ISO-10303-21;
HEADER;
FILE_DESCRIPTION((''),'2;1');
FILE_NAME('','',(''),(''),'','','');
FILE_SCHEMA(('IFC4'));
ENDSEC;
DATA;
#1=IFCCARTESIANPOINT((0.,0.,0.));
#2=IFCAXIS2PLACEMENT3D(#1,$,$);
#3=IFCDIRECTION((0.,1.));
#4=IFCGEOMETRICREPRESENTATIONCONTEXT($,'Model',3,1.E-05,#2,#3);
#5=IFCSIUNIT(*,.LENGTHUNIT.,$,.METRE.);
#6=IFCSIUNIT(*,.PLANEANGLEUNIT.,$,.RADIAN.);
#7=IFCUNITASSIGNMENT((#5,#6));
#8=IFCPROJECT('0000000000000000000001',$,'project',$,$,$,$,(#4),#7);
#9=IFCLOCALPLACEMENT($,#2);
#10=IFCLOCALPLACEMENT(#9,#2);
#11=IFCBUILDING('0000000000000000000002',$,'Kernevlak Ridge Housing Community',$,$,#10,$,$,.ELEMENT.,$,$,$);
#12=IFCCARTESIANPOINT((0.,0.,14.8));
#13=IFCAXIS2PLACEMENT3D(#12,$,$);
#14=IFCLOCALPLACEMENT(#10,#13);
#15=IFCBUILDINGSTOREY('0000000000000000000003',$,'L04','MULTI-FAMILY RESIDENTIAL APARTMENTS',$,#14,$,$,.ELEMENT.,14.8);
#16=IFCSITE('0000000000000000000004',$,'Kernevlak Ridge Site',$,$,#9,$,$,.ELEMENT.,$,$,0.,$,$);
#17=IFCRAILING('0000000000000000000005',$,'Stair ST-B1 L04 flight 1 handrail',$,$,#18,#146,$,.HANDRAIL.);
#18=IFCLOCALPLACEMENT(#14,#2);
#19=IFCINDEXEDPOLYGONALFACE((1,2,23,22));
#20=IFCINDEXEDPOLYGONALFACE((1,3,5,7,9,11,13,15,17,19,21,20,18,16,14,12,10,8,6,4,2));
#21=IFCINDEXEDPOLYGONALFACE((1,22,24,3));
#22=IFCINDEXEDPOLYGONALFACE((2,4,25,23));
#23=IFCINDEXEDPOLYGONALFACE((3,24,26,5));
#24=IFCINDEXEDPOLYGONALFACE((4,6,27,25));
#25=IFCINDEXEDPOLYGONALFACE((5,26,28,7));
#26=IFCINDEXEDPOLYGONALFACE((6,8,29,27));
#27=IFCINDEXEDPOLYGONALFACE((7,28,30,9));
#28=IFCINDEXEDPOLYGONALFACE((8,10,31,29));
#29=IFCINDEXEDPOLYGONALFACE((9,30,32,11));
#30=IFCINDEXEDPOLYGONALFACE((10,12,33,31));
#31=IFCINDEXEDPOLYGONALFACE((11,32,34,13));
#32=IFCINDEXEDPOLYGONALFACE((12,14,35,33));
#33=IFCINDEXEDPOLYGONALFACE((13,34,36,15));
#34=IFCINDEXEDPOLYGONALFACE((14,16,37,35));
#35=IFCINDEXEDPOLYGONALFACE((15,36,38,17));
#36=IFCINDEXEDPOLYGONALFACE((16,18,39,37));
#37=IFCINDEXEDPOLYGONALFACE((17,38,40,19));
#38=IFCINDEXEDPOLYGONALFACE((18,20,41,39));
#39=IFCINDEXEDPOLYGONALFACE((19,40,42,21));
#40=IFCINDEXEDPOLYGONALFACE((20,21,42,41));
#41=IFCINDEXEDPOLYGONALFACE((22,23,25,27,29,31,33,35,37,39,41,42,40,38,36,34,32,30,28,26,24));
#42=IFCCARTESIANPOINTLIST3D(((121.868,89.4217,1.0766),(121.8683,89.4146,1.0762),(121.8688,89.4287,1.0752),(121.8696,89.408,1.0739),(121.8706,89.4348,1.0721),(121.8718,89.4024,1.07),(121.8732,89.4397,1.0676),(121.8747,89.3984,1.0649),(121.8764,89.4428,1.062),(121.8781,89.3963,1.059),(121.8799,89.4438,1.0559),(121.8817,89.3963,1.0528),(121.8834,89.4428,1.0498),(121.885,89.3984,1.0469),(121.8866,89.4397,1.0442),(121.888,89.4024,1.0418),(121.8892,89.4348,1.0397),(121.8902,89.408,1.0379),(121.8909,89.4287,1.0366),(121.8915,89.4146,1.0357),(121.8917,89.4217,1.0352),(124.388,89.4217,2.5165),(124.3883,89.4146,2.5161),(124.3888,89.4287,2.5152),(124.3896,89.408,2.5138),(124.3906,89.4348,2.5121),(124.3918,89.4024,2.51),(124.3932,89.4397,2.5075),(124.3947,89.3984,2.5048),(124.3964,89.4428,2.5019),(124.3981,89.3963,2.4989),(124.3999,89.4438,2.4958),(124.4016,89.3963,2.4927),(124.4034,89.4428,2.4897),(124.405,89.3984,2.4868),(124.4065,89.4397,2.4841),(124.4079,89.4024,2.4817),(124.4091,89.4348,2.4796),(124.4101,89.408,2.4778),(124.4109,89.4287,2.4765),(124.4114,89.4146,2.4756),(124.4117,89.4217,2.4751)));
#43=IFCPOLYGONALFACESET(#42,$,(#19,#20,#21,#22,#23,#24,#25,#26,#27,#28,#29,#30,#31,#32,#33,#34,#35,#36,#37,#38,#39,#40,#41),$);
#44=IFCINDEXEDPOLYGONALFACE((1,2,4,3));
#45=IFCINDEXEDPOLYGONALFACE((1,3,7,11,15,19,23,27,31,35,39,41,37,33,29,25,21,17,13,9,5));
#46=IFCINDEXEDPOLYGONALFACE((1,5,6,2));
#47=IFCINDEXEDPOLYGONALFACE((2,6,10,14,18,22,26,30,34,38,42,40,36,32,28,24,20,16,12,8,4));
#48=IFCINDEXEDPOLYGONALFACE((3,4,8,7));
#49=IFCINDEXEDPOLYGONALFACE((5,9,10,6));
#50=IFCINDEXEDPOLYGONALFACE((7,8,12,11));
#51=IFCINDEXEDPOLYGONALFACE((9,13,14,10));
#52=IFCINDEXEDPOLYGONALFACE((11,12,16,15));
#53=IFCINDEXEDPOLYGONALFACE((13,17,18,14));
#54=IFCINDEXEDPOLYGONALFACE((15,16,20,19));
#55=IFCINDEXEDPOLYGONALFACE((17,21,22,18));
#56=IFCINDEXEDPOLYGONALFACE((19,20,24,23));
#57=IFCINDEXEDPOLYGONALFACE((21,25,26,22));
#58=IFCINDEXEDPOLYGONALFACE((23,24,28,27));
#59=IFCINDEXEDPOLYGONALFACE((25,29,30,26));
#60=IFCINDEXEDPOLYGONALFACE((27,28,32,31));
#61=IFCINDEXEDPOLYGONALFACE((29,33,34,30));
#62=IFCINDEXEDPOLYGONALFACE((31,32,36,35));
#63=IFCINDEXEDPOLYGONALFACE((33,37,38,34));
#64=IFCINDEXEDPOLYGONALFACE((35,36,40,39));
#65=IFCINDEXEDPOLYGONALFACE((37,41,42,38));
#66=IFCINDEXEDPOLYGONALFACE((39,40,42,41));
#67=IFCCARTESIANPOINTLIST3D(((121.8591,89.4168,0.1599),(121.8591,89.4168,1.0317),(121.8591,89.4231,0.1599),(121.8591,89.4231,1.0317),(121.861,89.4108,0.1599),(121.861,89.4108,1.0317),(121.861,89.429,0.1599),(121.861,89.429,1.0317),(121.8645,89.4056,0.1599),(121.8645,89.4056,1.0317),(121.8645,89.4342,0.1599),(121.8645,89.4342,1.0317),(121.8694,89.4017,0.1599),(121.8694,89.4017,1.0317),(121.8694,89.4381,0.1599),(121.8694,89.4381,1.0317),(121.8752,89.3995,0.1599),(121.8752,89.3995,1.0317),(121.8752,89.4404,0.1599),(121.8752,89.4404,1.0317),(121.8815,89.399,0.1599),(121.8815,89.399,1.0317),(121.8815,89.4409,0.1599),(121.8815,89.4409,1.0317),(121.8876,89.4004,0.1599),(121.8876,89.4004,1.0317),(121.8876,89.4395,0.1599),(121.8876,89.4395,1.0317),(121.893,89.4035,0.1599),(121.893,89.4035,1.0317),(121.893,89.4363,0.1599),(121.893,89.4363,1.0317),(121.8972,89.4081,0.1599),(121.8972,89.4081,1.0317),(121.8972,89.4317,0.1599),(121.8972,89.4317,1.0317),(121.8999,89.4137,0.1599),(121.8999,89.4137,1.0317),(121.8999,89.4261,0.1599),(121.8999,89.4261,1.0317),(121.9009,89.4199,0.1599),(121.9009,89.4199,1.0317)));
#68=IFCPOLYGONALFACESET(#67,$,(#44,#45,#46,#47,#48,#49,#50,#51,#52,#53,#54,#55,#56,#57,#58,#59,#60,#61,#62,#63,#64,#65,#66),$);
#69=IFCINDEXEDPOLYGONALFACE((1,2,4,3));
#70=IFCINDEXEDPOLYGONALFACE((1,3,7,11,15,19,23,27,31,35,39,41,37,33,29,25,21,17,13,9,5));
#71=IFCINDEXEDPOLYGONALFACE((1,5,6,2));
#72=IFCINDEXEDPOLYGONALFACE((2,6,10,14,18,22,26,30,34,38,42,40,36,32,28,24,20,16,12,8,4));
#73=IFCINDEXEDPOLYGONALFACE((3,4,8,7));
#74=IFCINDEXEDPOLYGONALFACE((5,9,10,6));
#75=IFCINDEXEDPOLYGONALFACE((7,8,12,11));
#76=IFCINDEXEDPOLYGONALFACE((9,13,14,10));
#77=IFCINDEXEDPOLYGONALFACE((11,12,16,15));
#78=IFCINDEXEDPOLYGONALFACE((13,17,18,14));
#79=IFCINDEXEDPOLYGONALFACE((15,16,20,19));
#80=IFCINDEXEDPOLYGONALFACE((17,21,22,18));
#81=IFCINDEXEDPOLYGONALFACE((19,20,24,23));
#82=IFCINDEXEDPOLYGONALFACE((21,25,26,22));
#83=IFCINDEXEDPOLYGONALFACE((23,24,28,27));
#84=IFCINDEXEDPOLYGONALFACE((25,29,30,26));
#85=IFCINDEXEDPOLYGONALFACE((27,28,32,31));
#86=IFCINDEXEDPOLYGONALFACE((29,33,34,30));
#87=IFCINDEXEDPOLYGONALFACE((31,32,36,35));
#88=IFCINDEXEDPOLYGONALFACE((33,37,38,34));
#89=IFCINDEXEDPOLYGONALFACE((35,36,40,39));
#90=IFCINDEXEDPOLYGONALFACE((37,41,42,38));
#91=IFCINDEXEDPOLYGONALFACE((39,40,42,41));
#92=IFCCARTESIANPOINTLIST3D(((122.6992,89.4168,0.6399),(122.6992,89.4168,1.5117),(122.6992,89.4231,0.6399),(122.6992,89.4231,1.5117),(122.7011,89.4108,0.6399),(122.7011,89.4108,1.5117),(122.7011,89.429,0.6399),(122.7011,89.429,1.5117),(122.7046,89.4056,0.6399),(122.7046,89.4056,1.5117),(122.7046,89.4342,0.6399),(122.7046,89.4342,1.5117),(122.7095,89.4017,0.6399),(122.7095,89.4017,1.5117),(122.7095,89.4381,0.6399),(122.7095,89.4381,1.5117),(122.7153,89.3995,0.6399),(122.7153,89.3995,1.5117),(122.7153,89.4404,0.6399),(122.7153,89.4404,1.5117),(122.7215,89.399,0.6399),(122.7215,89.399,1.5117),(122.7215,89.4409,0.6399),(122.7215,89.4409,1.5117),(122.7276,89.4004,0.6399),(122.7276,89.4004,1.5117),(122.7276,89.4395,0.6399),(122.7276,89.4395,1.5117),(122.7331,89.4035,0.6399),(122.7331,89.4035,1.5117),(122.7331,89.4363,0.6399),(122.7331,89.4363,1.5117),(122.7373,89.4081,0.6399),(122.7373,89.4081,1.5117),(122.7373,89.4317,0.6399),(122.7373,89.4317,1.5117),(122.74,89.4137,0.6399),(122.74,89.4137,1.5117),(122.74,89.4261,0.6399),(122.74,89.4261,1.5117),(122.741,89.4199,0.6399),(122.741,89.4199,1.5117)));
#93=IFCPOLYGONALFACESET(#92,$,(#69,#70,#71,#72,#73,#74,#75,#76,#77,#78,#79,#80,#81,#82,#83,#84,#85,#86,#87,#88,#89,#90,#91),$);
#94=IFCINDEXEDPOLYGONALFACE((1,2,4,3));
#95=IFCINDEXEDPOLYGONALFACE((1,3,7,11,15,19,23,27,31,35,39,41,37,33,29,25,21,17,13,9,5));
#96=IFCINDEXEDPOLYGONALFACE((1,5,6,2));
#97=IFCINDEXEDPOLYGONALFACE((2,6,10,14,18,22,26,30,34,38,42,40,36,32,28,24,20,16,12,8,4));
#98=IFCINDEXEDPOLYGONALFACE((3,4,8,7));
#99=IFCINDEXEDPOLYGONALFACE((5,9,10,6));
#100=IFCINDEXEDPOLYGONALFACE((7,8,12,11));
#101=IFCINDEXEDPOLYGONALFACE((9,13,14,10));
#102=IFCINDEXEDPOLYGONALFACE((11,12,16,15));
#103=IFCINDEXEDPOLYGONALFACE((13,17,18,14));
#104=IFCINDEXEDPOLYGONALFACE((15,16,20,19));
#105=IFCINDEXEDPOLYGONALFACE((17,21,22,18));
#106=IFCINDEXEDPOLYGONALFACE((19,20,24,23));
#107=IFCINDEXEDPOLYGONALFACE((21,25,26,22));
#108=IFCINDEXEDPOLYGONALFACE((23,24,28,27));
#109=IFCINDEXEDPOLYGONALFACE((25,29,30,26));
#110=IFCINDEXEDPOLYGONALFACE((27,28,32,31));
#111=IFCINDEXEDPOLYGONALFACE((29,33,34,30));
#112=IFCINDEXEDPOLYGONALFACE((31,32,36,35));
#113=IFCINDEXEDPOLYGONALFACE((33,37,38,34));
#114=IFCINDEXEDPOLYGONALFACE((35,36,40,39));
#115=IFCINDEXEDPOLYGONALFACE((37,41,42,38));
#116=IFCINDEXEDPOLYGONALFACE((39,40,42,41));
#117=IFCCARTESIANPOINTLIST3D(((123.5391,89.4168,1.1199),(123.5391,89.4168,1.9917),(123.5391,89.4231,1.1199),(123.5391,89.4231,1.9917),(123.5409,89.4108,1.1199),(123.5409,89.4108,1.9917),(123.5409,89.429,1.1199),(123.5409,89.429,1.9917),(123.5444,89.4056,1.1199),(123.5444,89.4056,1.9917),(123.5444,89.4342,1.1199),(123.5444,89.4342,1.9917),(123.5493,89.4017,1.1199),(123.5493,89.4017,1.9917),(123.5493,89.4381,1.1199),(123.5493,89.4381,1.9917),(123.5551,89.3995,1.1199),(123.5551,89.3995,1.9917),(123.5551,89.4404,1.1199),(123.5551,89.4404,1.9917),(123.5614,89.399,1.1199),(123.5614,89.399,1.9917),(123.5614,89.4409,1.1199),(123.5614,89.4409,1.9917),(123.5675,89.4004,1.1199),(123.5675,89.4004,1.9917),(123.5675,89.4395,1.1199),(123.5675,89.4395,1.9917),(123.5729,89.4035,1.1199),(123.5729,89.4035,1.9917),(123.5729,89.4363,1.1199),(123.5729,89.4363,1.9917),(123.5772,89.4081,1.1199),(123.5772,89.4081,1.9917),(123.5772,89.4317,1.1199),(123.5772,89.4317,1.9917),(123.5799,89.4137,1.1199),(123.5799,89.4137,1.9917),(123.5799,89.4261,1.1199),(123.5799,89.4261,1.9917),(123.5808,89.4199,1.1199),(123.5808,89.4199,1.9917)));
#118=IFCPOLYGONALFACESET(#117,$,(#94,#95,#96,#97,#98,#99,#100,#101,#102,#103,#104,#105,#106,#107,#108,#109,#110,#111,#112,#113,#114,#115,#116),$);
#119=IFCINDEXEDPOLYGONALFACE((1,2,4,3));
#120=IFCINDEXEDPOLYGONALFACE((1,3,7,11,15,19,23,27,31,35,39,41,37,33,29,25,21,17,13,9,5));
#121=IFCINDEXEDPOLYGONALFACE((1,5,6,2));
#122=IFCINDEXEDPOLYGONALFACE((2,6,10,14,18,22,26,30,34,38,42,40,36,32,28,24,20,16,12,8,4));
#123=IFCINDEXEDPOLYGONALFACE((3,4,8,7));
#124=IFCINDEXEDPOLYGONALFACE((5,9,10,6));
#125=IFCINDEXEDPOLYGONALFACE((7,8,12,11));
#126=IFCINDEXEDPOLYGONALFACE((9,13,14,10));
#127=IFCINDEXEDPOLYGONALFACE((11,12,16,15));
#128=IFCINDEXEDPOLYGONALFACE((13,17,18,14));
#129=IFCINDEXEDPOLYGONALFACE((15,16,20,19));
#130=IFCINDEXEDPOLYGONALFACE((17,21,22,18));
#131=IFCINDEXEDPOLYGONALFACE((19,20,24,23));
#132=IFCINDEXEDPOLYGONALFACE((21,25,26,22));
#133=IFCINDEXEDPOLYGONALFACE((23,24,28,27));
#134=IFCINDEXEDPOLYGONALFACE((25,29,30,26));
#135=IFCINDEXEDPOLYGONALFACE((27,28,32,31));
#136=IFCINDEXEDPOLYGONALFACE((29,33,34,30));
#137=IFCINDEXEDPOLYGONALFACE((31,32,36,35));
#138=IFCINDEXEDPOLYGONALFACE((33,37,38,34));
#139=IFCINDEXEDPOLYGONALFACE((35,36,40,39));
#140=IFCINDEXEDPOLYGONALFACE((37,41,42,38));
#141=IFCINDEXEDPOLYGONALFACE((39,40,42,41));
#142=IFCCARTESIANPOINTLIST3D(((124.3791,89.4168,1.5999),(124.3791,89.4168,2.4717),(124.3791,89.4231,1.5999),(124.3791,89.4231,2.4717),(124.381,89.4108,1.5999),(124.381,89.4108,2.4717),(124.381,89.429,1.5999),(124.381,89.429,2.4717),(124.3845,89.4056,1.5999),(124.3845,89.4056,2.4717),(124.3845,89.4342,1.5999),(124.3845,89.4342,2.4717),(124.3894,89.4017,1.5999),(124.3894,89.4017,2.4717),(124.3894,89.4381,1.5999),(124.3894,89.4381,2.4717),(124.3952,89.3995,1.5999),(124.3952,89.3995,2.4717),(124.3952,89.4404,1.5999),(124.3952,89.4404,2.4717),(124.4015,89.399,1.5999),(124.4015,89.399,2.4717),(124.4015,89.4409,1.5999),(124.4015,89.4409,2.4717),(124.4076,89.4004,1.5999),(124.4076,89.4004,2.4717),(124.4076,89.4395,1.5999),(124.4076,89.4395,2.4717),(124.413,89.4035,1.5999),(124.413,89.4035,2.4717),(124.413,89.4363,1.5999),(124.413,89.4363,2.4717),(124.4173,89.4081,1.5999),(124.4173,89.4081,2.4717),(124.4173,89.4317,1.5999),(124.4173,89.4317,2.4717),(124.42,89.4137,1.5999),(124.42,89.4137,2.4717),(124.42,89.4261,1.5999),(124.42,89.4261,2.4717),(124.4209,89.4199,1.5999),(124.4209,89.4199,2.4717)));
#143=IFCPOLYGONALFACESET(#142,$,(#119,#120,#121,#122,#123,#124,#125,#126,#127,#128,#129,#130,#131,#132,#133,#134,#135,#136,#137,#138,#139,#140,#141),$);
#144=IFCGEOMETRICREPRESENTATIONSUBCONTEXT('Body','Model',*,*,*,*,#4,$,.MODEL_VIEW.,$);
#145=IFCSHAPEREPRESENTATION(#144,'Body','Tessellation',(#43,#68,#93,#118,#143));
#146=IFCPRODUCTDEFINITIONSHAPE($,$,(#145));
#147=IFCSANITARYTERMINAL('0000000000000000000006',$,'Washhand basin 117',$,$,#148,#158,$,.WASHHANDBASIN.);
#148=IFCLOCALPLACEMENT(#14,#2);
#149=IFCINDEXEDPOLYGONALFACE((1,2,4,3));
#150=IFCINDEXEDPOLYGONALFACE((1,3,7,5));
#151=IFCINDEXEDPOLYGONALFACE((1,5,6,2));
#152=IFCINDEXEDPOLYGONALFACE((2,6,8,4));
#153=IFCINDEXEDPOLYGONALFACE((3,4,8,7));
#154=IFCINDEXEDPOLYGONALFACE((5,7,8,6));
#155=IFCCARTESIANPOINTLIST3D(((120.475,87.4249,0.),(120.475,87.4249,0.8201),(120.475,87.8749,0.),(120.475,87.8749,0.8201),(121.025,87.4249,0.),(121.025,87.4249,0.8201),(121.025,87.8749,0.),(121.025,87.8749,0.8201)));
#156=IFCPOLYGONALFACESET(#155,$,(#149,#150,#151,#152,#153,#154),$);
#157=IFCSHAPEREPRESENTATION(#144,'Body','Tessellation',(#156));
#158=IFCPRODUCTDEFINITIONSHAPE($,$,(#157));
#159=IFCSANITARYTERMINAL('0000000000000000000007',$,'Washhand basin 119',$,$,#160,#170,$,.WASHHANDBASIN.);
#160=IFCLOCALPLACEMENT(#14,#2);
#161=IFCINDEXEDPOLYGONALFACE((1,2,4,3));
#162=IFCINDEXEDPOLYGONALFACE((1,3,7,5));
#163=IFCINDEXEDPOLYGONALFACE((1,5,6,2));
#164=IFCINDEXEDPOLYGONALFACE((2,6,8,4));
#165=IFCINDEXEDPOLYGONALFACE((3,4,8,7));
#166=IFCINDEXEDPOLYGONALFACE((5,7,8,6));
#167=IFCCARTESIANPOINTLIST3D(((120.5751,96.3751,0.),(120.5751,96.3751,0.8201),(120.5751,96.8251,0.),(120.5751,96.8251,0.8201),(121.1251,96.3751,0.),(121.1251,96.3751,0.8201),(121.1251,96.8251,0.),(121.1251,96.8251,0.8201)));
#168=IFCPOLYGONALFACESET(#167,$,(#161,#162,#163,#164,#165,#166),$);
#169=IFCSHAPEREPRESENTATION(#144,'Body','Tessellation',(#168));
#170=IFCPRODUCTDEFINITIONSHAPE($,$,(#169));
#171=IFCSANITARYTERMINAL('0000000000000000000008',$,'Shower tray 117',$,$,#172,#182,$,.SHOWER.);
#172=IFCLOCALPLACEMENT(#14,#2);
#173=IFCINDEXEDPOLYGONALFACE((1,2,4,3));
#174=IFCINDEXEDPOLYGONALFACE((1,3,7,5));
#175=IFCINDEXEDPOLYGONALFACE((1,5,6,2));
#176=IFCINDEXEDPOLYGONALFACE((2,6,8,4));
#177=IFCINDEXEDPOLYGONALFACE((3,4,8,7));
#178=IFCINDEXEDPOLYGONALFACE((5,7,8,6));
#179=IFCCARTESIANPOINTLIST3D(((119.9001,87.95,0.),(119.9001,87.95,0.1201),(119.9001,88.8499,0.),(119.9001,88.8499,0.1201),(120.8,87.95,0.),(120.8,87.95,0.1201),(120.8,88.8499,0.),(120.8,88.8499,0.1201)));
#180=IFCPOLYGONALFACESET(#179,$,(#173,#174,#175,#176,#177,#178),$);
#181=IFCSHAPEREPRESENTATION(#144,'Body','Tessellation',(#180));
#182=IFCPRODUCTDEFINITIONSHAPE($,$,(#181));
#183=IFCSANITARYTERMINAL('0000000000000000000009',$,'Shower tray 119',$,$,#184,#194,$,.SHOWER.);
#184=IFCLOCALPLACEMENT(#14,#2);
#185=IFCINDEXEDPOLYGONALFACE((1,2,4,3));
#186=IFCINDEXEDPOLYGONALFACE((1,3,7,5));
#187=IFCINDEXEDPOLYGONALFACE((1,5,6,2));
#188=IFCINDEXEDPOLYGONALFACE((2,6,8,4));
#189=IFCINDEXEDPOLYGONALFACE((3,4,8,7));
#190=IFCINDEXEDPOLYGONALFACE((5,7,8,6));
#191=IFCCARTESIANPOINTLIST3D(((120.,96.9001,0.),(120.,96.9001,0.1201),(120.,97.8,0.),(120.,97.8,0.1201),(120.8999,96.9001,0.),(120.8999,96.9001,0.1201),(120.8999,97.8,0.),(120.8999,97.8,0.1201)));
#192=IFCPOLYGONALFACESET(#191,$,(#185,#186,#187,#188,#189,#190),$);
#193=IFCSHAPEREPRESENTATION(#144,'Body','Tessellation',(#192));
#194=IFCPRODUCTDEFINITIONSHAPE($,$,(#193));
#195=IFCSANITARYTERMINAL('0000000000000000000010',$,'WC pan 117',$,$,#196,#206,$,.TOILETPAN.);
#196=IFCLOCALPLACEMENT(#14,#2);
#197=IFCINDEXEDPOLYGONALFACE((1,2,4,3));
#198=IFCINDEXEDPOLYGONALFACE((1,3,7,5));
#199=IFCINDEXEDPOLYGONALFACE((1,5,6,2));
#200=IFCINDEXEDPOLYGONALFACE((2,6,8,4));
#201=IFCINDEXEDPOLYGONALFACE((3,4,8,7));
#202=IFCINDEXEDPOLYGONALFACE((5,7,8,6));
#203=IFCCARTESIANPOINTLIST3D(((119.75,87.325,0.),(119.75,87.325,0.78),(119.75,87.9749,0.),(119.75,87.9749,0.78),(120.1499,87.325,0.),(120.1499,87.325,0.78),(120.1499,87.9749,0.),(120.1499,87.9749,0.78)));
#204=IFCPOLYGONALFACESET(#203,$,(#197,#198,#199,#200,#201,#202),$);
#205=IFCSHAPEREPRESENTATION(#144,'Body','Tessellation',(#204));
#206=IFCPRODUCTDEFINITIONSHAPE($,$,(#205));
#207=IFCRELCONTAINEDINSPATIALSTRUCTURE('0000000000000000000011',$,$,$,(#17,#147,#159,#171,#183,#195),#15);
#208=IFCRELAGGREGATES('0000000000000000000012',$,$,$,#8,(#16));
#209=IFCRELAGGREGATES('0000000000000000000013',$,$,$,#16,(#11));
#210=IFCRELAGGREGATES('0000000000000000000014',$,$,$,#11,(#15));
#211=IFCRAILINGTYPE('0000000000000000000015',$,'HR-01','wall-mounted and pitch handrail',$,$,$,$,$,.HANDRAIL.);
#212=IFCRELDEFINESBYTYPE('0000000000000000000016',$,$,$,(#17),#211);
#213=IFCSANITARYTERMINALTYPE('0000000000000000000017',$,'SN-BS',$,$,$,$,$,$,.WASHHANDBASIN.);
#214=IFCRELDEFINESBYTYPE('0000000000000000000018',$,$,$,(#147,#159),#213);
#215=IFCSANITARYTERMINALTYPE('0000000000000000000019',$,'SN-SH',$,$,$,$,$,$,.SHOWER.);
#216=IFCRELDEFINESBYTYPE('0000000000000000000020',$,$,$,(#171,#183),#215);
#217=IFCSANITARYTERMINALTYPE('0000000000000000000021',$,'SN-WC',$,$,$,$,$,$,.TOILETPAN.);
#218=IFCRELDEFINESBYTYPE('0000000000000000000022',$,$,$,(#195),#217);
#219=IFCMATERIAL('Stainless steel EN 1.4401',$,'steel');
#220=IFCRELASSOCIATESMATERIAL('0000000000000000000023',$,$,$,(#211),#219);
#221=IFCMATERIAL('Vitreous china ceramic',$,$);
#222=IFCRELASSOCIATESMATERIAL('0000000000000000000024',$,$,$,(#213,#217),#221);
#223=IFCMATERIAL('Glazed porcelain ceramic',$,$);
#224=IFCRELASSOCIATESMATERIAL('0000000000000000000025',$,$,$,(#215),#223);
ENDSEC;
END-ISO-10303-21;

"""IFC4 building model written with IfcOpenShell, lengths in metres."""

from ifc_helpers import new_model, si_unit, direction, frame, origin, origin_2d, place, context, subcontext, project, spatial, rectangle, circle, extrude, material, type_object, element, save


model = new_model("IFC4")

# Units and contexts
model_context = context("Model", 3, precision=1e-05, world=origin(), true_north=direction((0.0, 1.0)))
body_context = subcontext(model_context, "Body", "Model", "MODEL_VIEW")
ifc_project = project(units=[si_unit("LENGTHUNIT", "METRE"), si_unit("PLANEANGLEUNIT", "RADIAN")], contexts=[model_context])

# Site, building, storey
site_placement = place(None, origin())
site = spatial("IfcSite", under=ifc_project, at=site_placement, Name="Kernevlak Ridge Site", CompositionType="ELEMENT", RefElevation=0.0)
building_placement = place(site_placement, origin())
building = spatial("IfcBuilding", under=site, at=building_placement, Name="Kernevlak Ridge Housing Community", CompositionType="ELEMENT")
storey_placement = place(building_placement, frame((0.0, 0.0, 14.8)))
storey = spatial("IfcBuildingStorey", under=building, at=storey_placement, Name="L04", Description="MULTI-FAMILY RESIDENTIAL APARTMENTS", CompositionType="ELEMENT", Elevation=14.8)

# Railing
ifc_material_1 = material(Name="Stainless steel EN 1.4401", Category="steel")
railing_type_1 = type_object("IfcRailingType", Name="HR-01", Description="wall-mounted and pitch handrail", PredefinedType="HANDRAIL", material=ifc_material_1)
railing_1_placement = place(storey_placement, frame((121.8799, 89.4199, 0.1599)))
element("IfcRailing", 1, at=railing_1_placement, inside=storey, type_object=railing_type_1, Name="Stair ST-B1 L04 flight 1 handrail", PredefinedType="HANDRAIL", context=body_context, shape_type="SweptSolid", body=[
    extrude(circle(Radius=0.0239, at=origin_2d()), frame((0.0, 0.0, 0.896), z_axis=(0.868253, 0.0, 0.496121), x_axis=(0.0, 1.0, 0.0)), (0.0, 0.0, 1.0), 2.9023),
    extrude(circle(Radius=0.021, at=origin_2d()), origin(), (0.0, 0.0, 1.0), 0.8718),
    extrude(circle(Radius=0.021, at=origin_2d()), frame((0.8401, 0.0, 0.48)), (0.0, 0.0, 1.0), 0.8718),
    extrude(circle(Radius=0.021, at=origin_2d()), frame((1.6799, 0.0, 0.96)), (0.0, 0.0, 1.0), 0.8718),
    extrude(circle(Radius=0.021, at=origin_2d()), frame((2.52, 0.0, 1.4399)), (0.0, 0.0, 1.0), 0.8718),
])

# Sanitary terminals
ifc_material_2 = material(Name="Vitreous china ceramic")
sanitary_terminal_type_1 = type_object("IfcSanitaryTerminalType", Name="SN-BS", PredefinedType="WASHHANDBASIN", material=ifc_material_2)
for number, where, z_axis, x_axis, name in (
    (2, (120.75, 87.6499, 0.0), (0.0, 0.0, 1.0), (1.0, 0.0, 0.0), "Washhand basin 117"),
    (3, (120.8501, 96.6001, 0.0), (0.0, 0.0, 1.0), (1.0, 0.0, 0.0), "Washhand basin 119"),
):
    element("IfcSanitaryTerminal", number, at=place(storey_placement, frame(where, z_axis=z_axis, x_axis=x_axis)), inside=storey, type_object=sanitary_terminal_type_1, Name=name, PredefinedType="WASHHANDBASIN", context=body_context, shape_type="SweptSolid", body=[
        extrude(rectangle(XDim=0.55, YDim=0.45, at=origin_2d()), origin(), (0.0, 0.0, 1.0), 0.8201),
    ])
ifc_material_3 = material(Name="Glazed porcelain ceramic")
sanitary_terminal_type_2 = type_object("IfcSanitaryTerminalType", Name="SN-SH", PredefinedType="SHOWER", material=ifc_material_3)
for number, where, z_axis, x_axis, name in (
    (4, (120.3501, 88.3999, 0.0), (0.0, 0.0, 1.0), (1.0, 0.0, 0.0), "Shower tray 117"),
    (5, (120.45, 97.3501, 0.0), (0.0, 0.0, 1.0), (1.0, 0.0, 0.0), "Shower tray 119"),
):
    element("IfcSanitaryTerminal", number, at=place(storey_placement, frame(where, z_axis=z_axis, x_axis=x_axis)), inside=storey, type_object=sanitary_terminal_type_2, Name=name, PredefinedType="SHOWER", context=body_context, shape_type="SweptSolid", body=[
        extrude(rectangle(XDim=0.8999, YDim=0.8999, at=origin_2d()), origin(), (0.0, 0.0, 1.0), 0.1201),
    ])
sanitary_terminal_type_3 = type_object("IfcSanitaryTerminalType", Name="SN-WC", PredefinedType="TOILETPAN", material=ifc_material_2)
for number, where, z_axis, x_axis, name in (
    (6, (119.95, 87.6499, 0.0), (0.0, 0.0, 1.0), (1.0, 0.0, 0.0), "WC pan 117"),
):
    element("IfcSanitaryTerminal", number, at=place(storey_placement, frame(where, z_axis=z_axis, x_axis=x_axis)), inside=storey, type_object=sanitary_terminal_type_3, Name=name, PredefinedType="TOILETPAN", context=body_context, shape_type="SweptSolid", body=[
        extrude(rectangle(XDim=0.3999, YDim=0.6499, at=origin_2d()), origin(), (0.0, 0.0, 1.0), 0.78),
    ])

save(model, "model.ifc")
